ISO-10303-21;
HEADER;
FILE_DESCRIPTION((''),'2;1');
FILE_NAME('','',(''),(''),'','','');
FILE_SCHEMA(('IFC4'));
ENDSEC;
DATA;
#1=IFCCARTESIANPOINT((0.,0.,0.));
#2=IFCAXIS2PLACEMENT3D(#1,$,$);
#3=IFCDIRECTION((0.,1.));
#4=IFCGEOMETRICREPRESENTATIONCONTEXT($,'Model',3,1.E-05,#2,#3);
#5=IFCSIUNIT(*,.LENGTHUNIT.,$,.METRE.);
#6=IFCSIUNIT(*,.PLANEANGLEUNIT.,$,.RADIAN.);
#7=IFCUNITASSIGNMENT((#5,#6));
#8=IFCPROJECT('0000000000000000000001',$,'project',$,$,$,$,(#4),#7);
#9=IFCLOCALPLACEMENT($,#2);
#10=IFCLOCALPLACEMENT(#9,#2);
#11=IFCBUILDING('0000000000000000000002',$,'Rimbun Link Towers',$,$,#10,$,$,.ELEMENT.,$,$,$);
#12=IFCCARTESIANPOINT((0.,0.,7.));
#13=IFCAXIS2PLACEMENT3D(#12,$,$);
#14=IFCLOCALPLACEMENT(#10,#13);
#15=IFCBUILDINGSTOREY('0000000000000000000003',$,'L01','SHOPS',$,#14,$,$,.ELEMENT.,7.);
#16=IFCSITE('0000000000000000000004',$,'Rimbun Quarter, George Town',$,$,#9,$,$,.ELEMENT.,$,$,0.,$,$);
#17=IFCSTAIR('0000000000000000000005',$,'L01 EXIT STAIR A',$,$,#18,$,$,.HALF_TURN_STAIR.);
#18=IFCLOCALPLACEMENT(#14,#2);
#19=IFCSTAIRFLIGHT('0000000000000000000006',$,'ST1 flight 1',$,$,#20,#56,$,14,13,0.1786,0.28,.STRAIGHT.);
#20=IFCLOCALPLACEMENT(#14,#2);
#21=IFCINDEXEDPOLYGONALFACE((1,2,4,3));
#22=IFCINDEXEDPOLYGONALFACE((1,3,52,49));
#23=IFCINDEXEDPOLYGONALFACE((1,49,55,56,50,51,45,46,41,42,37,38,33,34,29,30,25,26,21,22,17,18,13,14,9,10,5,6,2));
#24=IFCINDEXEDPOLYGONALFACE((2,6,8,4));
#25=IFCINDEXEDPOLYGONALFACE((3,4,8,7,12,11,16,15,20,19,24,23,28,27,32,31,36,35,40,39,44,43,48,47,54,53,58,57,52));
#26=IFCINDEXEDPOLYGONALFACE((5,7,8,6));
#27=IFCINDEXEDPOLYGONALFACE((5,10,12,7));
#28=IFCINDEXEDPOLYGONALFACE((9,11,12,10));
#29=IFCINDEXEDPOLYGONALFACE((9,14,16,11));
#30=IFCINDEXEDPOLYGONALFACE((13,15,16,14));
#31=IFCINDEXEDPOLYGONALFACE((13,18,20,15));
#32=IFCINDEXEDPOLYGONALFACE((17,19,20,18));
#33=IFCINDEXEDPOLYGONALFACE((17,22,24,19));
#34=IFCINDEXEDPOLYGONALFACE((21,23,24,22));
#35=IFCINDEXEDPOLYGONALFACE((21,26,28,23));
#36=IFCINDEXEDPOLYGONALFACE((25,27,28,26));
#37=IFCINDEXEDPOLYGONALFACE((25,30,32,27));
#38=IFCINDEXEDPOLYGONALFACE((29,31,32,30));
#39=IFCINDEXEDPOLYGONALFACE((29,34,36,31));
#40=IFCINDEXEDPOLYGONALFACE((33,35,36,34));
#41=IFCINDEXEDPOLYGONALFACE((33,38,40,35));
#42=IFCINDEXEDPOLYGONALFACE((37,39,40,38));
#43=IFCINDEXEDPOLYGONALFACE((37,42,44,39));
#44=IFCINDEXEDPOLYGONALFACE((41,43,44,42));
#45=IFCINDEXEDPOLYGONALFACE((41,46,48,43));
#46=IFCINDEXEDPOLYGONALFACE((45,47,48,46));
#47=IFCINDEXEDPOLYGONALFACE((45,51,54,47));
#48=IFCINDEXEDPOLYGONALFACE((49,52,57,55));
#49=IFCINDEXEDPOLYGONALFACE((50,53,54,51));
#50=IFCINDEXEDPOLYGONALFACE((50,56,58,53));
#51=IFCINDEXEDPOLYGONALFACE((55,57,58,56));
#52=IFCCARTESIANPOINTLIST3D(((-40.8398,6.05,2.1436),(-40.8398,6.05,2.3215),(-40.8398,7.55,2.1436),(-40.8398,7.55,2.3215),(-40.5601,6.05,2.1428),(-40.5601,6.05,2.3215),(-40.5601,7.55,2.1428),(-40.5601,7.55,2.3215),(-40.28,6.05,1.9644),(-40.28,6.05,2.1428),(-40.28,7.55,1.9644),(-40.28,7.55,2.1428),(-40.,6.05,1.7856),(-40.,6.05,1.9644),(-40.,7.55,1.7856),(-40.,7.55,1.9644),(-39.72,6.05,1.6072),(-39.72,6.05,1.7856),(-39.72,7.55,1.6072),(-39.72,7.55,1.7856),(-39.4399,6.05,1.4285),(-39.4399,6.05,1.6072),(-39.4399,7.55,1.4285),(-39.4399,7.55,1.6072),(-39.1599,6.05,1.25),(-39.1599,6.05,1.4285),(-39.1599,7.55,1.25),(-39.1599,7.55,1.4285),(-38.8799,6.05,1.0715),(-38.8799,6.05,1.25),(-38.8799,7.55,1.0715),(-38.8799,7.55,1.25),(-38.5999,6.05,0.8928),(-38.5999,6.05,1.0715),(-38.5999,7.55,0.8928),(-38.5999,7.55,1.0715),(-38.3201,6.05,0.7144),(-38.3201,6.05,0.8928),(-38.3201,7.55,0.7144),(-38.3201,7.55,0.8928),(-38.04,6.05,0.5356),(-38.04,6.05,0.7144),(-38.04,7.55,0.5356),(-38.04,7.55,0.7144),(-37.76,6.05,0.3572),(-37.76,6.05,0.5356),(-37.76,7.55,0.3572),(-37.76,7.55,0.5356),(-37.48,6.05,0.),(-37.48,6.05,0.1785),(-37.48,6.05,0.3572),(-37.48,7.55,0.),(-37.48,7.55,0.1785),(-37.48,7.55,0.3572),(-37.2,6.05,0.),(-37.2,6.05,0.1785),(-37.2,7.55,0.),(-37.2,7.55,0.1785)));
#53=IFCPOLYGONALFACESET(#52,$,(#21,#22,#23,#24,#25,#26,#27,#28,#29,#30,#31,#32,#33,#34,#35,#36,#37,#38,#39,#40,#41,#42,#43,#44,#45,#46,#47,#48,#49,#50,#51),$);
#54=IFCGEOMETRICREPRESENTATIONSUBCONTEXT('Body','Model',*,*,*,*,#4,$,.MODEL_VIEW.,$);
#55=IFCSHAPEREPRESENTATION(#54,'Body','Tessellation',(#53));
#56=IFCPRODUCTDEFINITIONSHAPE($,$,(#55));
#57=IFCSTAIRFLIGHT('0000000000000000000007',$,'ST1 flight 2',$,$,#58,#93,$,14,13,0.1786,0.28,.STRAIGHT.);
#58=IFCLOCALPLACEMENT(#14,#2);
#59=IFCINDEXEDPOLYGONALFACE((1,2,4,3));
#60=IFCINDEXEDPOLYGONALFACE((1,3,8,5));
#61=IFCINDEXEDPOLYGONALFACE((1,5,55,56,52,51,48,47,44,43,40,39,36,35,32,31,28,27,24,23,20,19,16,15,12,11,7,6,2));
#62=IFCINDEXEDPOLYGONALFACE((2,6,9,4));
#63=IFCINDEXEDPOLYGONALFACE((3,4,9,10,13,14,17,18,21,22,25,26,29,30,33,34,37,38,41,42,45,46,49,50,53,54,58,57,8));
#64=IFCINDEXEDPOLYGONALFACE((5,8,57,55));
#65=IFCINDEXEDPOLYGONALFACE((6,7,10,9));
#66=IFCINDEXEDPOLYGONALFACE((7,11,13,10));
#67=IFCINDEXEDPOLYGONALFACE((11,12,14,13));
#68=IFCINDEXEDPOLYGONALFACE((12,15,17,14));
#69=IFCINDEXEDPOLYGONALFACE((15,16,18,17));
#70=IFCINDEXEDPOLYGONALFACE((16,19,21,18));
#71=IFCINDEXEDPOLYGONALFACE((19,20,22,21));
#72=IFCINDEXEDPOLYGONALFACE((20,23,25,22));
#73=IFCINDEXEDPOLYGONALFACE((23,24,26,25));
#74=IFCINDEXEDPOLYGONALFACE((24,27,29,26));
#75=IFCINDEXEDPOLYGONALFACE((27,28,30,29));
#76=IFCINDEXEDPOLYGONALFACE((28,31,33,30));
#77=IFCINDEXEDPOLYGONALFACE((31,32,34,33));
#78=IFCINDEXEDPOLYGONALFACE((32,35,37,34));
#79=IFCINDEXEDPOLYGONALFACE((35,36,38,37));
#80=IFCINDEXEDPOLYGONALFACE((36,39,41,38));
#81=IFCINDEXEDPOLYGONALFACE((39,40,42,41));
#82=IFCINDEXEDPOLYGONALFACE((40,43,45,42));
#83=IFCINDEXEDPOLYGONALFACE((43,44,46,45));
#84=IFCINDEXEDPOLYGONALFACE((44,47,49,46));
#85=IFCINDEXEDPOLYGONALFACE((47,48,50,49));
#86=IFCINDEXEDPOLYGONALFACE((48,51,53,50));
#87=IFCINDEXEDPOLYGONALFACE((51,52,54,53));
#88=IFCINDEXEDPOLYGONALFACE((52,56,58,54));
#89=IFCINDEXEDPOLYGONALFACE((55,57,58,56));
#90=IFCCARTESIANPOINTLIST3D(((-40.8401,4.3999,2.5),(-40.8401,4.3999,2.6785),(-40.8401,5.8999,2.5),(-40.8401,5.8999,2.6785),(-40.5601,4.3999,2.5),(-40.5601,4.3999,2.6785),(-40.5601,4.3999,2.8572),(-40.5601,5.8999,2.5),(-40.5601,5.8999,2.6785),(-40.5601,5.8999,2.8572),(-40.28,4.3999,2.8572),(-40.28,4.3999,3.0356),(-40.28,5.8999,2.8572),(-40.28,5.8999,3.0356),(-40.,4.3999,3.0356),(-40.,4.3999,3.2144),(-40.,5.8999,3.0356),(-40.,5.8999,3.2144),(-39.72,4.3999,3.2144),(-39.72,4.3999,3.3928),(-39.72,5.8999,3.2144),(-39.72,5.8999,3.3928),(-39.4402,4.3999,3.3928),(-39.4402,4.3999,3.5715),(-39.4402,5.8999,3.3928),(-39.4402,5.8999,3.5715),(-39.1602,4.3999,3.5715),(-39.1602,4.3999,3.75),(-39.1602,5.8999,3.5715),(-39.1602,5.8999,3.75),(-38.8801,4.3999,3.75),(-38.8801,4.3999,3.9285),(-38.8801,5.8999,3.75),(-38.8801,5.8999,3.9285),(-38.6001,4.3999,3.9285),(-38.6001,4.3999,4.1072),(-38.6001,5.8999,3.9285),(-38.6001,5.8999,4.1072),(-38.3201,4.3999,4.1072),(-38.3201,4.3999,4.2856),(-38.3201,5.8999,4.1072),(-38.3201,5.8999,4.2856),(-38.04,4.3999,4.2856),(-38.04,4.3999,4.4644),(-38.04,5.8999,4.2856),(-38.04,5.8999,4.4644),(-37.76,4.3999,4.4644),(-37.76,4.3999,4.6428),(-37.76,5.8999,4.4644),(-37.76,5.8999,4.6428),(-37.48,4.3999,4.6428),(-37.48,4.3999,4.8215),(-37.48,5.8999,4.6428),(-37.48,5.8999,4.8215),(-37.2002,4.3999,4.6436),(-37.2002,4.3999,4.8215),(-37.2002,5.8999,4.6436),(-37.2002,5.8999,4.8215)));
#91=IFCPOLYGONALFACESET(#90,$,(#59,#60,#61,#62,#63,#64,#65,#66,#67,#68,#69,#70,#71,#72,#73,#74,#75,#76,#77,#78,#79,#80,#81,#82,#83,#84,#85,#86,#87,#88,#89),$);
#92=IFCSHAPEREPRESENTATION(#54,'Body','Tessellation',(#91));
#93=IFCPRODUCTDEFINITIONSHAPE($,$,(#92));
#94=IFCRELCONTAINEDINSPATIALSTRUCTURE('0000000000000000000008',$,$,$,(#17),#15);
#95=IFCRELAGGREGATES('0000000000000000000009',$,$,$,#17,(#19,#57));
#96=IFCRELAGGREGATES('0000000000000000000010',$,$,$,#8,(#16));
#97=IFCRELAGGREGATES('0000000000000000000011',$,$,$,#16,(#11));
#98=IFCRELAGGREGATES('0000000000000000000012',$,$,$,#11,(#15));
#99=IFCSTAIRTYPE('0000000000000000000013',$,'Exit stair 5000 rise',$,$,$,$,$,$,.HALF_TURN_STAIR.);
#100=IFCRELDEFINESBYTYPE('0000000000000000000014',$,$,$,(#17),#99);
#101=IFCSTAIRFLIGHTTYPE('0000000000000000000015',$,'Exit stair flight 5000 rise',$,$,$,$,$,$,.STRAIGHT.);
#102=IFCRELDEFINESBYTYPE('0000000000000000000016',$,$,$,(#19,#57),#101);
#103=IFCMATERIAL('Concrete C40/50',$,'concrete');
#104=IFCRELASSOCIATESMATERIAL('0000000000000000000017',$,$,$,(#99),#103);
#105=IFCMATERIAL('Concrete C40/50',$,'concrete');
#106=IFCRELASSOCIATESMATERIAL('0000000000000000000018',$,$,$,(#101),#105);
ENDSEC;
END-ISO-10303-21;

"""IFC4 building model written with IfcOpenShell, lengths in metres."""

from ifc_helpers import new_model, si_unit, direction, frame, origin, place, context, subcontext, project, spatial, polyline, outline, extrude, material, type_object, element, aggregate, save


model = new_model("IFC4")

# Units and contexts
model_context = context("Model", 3, precision=1e-05, world=origin(), true_north=direction((0.0, 1.0)))
body_context = subcontext(model_context, "Body", "Model", "MODEL_VIEW")
ifc_project = project(units=[si_unit("LENGTHUNIT", "METRE"), si_unit("PLANEANGLEUNIT", "RADIAN")], contexts=[model_context])

# Site, building, storey
site_placement = place(None, origin())
site = spatial("IfcSite", under=ifc_project, at=site_placement, Name="Rimbun Quarter, George Town", CompositionType="ELEMENT", RefElevation=0.0)
building_placement = place(site_placement, origin())
building = spatial("IfcBuilding", under=site, at=building_placement, Name="Rimbun Link Towers", CompositionType="ELEMENT")
storey_placement = place(building_placement, frame((0.0, 0.0, 7.0)))
storey = spatial("IfcBuildingStorey", under=building, at=storey_placement, Name="L01", Description="SHOPS", CompositionType="ELEMENT", Elevation=7.0)

# Stair, stair flights
ifc_material_1 = material(Name="Concrete C40/50", Category="concrete")
stair_type = type_object("IfcStairType", Name="Exit stair 5000 rise", PredefinedType="HALF_TURN_STAIR", material=ifc_material_1)
stair_placement = place(storey_placement, origin())
stair = element("IfcStair", 1, at=stair_placement, inside=storey, type_object=stair_type, Name="L01 EXIT STAIR A", PredefinedType="HALF_TURN_STAIR")
ifc_material_2 = material(Name="Concrete C40/50", Category="concrete")
stair_flight_type = type_object("IfcStairFlightType", Name="Exit stair flight 5000 rise", PredefinedType="STRAIGHT", material=ifc_material_2)
stair_flight_1_placement = place(storey_placement, frame((-37.2, 6.8, 0.0), z_axis=(0.0, 0.0, 1.0), x_axis=(-1.0, 0.0, 0.0)))
stair_flight_1 = element("IfcStairFlight", 2, at=stair_flight_1_placement, type_object=stair_flight_type, Name="ST1 flight 1", NumberOfRisers=14, NumberOfTreads=13, PredefinedType="STRAIGHT", RiserHeight=0.1786, TreadLength=0.28, context=body_context, shape_type="SweptSolid", body=[
    extrude(outline(polyline([(0.0, 0.0), (0.0, 0.1785), (0.28, 0.1785), (0.28, 0.3572), (0.5601, 0.3572), (0.5601, 0.5356), (0.8401, 0.5356), (0.8401, 0.7144), (1.1201, 0.7144), (1.1201, 0.8928), (1.3999, 0.8928), (1.3999, 1.0715), (1.6799, 1.0715), (1.6799, 1.25), (1.96, 1.25), (1.96, 1.4285), (2.24, 1.4285), (2.24, 1.6072), (2.52, 1.6072), (2.52, 1.7856), (2.8, 1.7856), (2.8, 1.9644), (3.0801, 1.9644), (3.0801, 2.1428), (3.3601, 2.1428), (3.3601, 2.3215), (3.6399, 2.3215), (3.6399, 2.5), (3.6399, 2.1436), (0.28, 0.0), (0.0, 0.0)])), frame((0.0, 0.75, 0.0), z_axis=(0.0, -1.0, 0.0), x_axis=(1.0, 0.0, 0.0)), (0.0, 0.0, 1.0), 1.5),
])
stair_flight_2_placement = place(storey_placement, frame((-40.8401, 5.1499, 2.5), z_axis=(0.0, 0.0, 1.0), x_axis=(1.0, 0.0, 0.0)))
stair_flight_2 = element("IfcStairFlight", 3, at=stair_flight_2_placement, type_object=stair_flight_type, Name="ST1 flight 2", NumberOfRisers=14, NumberOfTreads=13, PredefinedType="STRAIGHT", RiserHeight=0.1786, TreadLength=0.28, context=body_context, shape_type="SweptSolid", body=[
    extrude(outline(polyline([(0.0, 0.0), (0.0, 0.1785), (0.28, 0.1785), (0.28, 0.3572), (0.5601, 0.3572), (0.5601, 0.5356), (0.8401, 0.5356), (0.8401, 0.7144), (1.1201, 0.7144), (1.1201, 0.8928), (1.3999, 0.8928), (1.3999, 1.0715), (1.6799, 1.0715), (1.6799, 1.25), (1.96, 1.25), (1.96, 1.4285), (2.24, 1.4285), (2.24, 1.6072), (2.52, 1.6072), (2.52, 1.7856), (2.8, 1.7856), (2.8, 1.9644), (3.0801, 1.9644), (3.0801, 2.1428), (3.3601, 2.1428), (3.3601, 2.3215), (3.6399, 2.3215), (3.6399, 2.5), (3.6399, 2.1436), (0.28, 0.0), (0.0, 0.0)])), frame((0.0, 0.75, 0.0), z_axis=(0.0, -1.0, 0.0), x_axis=(1.0, 0.0, 0.0)), (0.0, 0.0, 1.0), 1.5),
])
aggregate(stair, [stair_flight_1, stair_flight_2])

save(model, "model.ifc")
